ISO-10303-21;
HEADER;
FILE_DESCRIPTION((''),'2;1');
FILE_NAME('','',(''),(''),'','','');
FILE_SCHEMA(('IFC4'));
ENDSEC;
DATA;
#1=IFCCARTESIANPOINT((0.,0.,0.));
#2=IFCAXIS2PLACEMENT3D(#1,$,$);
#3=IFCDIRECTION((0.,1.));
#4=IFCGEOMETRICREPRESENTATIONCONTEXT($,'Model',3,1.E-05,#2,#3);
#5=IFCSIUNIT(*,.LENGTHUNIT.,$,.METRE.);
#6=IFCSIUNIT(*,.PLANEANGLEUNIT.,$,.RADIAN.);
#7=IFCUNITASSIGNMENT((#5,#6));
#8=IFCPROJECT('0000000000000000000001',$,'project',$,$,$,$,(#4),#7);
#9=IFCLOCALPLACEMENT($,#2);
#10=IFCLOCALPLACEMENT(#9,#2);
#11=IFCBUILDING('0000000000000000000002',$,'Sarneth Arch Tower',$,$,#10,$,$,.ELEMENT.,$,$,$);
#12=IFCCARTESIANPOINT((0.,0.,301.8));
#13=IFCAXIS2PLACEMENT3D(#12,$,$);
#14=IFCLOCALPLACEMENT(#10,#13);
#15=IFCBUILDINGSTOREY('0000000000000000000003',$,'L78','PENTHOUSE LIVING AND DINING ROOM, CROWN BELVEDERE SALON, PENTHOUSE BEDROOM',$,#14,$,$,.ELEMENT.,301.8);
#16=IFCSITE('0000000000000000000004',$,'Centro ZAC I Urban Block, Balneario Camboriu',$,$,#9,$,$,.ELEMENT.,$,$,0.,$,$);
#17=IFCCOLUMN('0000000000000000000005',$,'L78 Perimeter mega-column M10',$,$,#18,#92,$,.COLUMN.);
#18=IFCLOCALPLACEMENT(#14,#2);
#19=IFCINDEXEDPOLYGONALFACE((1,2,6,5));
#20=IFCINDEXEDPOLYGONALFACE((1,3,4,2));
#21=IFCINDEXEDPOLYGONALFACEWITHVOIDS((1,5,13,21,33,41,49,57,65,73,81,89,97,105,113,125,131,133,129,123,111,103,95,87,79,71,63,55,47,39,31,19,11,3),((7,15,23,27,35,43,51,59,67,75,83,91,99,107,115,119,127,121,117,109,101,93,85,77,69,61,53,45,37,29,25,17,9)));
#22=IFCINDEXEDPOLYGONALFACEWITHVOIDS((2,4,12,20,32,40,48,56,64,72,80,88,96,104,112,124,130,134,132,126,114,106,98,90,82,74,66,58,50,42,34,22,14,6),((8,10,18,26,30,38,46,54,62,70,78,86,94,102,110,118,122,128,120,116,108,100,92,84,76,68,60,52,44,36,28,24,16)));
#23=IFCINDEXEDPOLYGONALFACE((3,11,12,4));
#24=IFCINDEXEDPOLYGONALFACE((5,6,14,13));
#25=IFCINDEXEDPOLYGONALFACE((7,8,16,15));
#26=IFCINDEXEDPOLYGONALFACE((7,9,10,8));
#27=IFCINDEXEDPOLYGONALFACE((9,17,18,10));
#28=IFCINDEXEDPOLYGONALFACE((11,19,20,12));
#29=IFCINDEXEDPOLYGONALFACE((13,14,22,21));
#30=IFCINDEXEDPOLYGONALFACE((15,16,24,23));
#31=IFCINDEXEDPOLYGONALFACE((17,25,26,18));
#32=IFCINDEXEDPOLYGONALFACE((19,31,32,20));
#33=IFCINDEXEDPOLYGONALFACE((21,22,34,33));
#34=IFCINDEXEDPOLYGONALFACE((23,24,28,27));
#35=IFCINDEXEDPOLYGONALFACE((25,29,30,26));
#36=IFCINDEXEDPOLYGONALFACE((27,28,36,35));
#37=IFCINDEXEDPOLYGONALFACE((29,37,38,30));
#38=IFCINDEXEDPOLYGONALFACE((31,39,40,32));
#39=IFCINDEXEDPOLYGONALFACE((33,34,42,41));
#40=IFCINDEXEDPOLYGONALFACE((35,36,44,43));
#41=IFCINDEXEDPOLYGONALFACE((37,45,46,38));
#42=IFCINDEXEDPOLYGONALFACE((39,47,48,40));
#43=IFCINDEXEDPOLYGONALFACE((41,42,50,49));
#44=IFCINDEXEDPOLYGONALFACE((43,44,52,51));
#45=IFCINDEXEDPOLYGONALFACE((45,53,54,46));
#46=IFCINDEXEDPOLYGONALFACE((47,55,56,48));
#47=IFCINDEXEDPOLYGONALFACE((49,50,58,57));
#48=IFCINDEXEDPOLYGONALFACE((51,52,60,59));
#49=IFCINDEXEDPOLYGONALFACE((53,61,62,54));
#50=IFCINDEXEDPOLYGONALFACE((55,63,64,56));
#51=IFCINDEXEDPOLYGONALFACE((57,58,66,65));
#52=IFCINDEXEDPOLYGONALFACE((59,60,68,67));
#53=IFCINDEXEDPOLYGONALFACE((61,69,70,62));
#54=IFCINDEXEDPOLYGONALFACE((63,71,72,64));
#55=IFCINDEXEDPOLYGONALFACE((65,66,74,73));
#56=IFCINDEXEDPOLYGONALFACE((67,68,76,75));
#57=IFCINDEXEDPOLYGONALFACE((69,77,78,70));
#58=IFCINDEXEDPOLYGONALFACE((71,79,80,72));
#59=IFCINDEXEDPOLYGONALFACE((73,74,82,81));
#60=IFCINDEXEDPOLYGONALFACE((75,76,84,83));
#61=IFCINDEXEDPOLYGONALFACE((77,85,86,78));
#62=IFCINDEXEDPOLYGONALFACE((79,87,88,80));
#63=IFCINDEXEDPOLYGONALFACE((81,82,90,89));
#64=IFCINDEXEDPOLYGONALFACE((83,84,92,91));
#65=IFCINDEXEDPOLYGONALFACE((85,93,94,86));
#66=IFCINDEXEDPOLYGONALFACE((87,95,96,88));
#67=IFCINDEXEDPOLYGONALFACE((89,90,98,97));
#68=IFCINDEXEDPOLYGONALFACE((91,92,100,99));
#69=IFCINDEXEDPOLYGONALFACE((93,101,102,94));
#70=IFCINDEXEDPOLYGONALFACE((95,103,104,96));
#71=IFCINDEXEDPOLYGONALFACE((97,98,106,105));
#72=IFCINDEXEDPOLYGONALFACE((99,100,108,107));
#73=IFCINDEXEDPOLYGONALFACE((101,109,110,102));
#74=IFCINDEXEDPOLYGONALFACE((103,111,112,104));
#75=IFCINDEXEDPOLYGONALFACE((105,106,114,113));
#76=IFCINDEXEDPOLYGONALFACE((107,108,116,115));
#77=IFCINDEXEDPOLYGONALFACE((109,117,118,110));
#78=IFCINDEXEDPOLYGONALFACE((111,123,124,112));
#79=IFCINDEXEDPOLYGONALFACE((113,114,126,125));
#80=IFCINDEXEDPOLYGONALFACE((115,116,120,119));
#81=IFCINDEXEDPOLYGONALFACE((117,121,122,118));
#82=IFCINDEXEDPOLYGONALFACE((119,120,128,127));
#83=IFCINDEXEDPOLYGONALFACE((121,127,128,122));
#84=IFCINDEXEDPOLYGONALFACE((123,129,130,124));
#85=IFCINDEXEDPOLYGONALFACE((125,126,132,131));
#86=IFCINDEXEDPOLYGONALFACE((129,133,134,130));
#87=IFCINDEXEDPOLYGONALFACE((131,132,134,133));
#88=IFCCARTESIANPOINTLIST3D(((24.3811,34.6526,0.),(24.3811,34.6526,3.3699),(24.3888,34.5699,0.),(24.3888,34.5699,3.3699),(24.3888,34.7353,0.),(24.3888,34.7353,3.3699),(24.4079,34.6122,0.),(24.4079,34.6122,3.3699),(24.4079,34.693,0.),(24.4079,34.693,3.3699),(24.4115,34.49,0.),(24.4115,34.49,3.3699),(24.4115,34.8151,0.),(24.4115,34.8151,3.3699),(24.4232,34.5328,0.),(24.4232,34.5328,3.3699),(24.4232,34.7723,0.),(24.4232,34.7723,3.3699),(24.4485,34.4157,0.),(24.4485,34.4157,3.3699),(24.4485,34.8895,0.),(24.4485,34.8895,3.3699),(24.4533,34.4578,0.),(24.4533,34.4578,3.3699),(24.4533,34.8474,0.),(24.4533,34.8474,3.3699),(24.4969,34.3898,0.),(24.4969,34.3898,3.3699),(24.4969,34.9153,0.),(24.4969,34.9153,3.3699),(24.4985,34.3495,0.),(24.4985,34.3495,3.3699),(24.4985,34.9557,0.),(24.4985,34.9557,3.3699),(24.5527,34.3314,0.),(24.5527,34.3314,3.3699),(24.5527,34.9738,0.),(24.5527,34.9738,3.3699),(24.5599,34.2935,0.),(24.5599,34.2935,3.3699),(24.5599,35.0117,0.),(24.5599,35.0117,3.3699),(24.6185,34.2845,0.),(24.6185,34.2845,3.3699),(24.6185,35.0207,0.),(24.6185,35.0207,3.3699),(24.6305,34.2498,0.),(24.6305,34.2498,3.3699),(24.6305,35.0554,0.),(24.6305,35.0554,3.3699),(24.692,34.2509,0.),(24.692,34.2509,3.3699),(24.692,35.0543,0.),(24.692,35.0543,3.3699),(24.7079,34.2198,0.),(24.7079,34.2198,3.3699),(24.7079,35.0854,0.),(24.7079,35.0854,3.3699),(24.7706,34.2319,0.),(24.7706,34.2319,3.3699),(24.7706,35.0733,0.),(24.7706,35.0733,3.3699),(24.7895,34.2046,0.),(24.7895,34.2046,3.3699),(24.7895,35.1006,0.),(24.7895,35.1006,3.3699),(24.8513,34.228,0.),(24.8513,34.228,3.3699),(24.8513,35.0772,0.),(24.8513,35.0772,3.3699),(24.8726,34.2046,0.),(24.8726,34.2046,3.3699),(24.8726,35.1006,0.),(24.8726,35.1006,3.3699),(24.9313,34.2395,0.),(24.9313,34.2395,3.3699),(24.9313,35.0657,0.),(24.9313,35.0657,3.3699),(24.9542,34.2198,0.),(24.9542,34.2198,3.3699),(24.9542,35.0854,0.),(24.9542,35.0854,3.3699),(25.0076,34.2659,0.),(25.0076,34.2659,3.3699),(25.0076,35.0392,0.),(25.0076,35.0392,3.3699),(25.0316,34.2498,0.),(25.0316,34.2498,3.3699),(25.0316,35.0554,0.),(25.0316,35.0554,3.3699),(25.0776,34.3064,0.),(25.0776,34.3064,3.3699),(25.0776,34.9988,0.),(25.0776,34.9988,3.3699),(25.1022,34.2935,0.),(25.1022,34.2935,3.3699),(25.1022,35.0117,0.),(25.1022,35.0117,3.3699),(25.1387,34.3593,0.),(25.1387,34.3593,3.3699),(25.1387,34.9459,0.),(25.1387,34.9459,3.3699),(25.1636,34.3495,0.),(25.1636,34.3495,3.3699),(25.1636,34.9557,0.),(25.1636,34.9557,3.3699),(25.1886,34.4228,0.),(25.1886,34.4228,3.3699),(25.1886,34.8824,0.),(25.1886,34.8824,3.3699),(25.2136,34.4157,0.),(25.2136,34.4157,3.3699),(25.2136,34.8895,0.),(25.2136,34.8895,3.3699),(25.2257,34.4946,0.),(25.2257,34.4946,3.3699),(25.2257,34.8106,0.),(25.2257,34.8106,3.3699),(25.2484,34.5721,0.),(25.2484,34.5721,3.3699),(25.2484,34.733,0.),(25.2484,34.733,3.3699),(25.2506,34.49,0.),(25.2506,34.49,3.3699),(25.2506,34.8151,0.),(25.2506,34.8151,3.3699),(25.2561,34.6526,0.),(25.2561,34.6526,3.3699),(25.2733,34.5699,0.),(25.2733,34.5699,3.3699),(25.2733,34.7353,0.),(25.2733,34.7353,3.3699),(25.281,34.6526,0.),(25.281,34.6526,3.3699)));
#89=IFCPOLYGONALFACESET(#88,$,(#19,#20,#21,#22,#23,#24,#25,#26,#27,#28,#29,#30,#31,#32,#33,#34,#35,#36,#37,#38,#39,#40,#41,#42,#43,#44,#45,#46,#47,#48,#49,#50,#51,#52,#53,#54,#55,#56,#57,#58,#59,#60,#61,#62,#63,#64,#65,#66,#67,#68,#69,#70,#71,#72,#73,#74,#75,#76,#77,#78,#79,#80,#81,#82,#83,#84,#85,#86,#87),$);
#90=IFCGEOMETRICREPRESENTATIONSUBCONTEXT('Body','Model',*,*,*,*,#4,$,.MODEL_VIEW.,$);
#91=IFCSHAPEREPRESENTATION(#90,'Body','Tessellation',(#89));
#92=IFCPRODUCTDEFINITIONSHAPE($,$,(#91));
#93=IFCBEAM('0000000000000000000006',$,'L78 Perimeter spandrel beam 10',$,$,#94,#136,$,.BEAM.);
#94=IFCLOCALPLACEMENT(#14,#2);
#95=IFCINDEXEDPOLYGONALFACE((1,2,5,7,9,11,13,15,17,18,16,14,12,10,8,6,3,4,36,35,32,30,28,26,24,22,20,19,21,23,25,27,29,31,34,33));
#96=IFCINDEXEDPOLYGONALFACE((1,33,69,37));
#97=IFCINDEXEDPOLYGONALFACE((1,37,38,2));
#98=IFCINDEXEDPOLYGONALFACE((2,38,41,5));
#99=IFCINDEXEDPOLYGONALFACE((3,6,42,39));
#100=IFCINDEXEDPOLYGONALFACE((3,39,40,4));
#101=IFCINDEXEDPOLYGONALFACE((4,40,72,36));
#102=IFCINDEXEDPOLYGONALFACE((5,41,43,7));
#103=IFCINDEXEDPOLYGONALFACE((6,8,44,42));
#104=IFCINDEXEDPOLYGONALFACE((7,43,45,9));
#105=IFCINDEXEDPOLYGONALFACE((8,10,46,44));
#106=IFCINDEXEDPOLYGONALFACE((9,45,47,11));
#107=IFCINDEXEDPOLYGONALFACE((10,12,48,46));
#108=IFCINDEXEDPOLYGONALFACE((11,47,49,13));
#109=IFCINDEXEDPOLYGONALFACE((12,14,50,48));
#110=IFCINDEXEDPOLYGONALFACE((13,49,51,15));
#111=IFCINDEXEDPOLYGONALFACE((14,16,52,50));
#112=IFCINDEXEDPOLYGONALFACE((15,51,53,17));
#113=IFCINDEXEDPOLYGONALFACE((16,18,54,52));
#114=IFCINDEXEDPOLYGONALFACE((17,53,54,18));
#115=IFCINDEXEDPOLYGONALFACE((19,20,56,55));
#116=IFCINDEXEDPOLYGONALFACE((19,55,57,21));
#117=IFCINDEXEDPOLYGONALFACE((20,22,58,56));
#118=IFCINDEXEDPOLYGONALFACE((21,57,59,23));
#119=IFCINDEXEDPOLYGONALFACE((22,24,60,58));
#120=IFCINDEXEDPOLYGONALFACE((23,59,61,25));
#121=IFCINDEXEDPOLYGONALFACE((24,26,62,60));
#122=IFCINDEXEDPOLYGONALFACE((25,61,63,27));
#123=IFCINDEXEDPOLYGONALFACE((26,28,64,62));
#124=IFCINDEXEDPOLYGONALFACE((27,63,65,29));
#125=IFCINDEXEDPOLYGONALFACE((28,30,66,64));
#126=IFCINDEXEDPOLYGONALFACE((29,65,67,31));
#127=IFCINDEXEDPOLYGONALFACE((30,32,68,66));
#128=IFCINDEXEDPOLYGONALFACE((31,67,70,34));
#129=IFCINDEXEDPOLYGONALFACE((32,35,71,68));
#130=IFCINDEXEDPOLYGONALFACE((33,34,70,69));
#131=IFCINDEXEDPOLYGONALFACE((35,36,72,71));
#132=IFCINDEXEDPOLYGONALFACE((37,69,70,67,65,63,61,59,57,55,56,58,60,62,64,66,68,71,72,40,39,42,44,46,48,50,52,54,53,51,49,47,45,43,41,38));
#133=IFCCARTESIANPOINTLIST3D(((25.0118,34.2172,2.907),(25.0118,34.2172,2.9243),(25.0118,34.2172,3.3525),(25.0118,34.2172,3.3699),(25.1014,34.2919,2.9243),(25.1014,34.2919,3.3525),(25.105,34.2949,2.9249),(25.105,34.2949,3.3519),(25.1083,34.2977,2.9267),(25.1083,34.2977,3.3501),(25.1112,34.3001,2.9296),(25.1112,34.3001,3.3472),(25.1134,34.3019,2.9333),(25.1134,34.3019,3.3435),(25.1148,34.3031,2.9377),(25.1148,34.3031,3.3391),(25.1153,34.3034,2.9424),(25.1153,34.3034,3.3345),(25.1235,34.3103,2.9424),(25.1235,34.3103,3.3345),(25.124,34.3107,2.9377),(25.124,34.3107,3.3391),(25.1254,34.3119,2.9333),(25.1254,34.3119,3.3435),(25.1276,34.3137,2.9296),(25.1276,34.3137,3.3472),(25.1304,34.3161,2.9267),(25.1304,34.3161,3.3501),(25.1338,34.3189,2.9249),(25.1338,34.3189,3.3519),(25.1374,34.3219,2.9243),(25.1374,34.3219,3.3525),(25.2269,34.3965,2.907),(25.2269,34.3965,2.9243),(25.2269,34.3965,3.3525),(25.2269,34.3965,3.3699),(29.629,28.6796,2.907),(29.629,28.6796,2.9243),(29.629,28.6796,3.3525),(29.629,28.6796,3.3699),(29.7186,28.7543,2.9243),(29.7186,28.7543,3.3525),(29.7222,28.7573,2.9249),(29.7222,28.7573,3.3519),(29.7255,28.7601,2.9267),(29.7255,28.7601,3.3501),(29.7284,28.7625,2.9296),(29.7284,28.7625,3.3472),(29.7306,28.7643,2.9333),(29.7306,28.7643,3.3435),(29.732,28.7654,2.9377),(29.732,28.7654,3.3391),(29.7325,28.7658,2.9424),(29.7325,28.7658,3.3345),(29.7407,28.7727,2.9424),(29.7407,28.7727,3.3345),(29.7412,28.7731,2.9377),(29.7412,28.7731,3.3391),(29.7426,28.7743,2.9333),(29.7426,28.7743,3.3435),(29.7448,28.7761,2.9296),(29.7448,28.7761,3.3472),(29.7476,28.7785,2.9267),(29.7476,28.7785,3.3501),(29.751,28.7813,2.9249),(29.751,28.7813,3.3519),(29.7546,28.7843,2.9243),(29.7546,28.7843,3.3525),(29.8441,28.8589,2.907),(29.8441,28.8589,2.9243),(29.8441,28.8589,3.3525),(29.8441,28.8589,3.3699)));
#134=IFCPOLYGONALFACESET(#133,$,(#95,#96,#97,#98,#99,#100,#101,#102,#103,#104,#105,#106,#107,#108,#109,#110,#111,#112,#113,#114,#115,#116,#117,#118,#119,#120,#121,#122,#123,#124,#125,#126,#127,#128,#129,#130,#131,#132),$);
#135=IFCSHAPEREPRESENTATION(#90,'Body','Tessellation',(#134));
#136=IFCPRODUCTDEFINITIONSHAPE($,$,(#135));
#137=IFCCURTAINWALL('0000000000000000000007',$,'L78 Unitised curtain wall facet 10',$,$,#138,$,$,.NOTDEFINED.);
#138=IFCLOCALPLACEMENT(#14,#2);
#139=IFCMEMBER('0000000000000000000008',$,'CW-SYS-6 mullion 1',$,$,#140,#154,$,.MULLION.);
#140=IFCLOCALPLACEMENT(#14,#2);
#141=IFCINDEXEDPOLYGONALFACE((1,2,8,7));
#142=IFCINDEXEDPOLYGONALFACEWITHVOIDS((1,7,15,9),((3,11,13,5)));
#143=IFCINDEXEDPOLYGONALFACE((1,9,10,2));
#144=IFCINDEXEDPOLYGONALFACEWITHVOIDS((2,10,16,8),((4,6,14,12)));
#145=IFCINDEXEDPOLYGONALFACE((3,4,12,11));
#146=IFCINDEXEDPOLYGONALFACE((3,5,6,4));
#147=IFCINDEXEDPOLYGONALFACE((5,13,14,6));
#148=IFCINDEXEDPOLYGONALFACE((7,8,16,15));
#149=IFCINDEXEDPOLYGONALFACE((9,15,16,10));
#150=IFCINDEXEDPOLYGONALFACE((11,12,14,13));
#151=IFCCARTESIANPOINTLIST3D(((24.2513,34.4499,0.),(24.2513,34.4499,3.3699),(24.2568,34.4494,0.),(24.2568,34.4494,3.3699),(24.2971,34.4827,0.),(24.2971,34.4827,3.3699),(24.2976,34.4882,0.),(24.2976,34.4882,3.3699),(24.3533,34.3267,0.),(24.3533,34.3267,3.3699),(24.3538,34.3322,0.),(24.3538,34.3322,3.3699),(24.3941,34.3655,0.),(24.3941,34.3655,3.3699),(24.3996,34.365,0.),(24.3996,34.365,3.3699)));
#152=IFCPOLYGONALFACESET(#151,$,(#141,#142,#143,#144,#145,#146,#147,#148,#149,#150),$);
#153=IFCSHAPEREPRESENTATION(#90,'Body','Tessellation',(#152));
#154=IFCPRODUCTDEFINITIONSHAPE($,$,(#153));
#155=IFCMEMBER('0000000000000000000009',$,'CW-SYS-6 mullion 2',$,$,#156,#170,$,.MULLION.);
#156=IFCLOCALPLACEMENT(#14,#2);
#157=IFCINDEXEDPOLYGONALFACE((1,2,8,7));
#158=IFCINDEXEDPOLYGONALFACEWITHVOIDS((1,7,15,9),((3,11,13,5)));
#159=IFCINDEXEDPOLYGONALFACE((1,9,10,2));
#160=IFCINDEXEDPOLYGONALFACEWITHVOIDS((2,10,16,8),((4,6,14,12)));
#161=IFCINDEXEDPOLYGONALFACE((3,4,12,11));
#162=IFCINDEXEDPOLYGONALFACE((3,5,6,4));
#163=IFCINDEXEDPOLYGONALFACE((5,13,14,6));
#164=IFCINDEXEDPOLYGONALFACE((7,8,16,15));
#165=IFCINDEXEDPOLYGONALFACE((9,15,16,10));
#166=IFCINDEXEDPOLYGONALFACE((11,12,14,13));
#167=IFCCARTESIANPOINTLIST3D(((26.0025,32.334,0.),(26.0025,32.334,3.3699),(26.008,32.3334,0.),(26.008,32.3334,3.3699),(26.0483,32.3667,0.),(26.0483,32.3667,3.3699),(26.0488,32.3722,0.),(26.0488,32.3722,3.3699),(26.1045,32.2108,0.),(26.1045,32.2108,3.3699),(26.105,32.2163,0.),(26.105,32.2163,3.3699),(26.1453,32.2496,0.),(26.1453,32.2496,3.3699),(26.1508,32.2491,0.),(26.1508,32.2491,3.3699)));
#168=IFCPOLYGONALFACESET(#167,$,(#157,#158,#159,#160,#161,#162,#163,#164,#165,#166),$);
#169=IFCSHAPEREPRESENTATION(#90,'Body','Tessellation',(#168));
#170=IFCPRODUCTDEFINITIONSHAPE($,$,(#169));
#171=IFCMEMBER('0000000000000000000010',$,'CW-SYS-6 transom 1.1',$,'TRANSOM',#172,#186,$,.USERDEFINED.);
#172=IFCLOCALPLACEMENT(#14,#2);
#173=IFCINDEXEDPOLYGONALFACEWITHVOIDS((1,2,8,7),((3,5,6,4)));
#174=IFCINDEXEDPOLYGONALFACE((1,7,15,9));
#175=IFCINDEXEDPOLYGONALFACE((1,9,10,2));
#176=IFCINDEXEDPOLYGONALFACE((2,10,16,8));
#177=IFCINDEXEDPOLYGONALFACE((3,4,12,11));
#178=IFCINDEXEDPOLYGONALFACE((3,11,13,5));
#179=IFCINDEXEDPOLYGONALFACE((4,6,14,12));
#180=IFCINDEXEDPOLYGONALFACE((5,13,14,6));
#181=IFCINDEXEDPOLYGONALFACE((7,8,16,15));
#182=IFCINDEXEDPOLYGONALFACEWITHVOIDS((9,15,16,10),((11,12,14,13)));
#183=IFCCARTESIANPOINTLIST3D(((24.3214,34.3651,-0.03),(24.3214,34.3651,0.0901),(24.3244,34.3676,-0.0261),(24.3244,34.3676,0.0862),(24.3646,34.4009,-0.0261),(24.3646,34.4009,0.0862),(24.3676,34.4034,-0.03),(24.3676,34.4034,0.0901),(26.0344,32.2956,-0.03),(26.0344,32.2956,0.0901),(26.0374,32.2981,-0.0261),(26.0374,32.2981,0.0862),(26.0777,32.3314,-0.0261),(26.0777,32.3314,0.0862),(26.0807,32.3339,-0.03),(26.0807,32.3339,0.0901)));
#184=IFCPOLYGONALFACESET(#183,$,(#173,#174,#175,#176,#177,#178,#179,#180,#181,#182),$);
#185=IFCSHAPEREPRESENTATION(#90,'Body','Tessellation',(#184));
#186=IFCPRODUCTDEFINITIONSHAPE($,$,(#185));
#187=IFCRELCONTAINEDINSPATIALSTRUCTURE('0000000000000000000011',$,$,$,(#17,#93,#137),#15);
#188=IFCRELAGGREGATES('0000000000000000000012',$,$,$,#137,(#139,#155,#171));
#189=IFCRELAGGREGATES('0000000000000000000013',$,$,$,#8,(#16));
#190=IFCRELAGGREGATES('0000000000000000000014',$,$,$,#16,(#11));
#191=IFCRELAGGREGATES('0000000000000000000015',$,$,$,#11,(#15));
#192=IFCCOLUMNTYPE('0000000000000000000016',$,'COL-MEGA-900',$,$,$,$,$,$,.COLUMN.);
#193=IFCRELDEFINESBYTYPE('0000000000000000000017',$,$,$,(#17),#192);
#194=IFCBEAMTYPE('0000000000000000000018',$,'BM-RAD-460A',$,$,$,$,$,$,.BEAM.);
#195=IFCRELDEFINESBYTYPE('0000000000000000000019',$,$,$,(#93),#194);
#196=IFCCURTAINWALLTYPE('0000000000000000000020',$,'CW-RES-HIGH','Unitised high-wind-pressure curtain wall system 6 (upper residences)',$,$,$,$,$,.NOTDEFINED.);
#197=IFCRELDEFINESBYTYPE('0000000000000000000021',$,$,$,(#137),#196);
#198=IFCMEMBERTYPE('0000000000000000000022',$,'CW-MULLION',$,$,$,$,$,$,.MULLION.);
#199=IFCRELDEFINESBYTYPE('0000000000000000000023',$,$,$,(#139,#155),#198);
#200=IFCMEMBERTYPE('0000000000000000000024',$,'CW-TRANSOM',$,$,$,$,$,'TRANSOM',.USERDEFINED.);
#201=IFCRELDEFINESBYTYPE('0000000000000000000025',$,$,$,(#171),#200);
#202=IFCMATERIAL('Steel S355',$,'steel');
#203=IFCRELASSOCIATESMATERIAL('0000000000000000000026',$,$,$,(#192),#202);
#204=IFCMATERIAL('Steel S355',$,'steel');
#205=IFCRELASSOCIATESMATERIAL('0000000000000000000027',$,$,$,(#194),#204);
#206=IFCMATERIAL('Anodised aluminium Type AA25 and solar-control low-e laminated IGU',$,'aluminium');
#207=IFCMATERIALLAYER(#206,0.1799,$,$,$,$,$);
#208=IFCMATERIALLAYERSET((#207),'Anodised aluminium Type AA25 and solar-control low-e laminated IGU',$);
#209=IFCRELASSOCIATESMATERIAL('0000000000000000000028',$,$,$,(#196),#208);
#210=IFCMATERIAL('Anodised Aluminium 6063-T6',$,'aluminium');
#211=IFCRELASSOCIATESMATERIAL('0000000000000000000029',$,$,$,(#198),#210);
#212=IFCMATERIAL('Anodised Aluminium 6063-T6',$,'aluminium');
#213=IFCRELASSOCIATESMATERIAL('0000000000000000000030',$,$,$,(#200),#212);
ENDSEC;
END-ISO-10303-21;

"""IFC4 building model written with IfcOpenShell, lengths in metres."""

from ifc_helpers import new_model, si_unit, direction, frame, origin, origin_2d, place, context, subcontext, project, spatial, hollow_rectangle, hollow_circle, i_section, extrude, material, layer, layer_set, material_profile, profile_set, type_object, element, aggregate, save


model = new_model("IFC4")

# Units and contexts
model_context = context("Model", 3, precision=1e-05, world=origin(), true_north=direction((0.0, 1.0)))
body_context = subcontext(model_context, "Body", "Model", "MODEL_VIEW")
ifc_project = project(units=[si_unit("LENGTHUNIT", "METRE"), si_unit("PLANEANGLEUNIT", "RADIAN")], contexts=[model_context])

# Site, building, storey
site_placement = place(None, origin())
site = spatial("IfcSite", under=ifc_project, at=site_placement, Name="Centro ZAC I Urban Block, Balneario Camboriu", CompositionType="ELEMENT", RefElevation=0.0)
building_placement = place(site_placement, origin())
building = spatial("IfcBuilding", under=site, at=building_placement, Name="Sarneth Arch Tower", CompositionType="ELEMENT")
storey_placement = place(building_placement, frame((0.0, 0.0, 301.8)))
storey = spatial("IfcBuildingStorey", under=building, at=storey_placement, Name="L78", Description="PENTHOUSE LIVING AND DINING ROOM, CROWN BELVEDERE SALON, PENTHOUSE BEDROOM", CompositionType="ELEMENT", Elevation=301.8)

# Column
ifc_material_1 = material(Name="Steel S355", Category="steel")
ifc_material_profile_1 = material_profile(ifc_material_1, hollow_circle(Radius=0.45, WallThickness=0.0249, at=origin_2d()), Name="CHS900x25")
ifc_profile_set_1 = profile_set([ifc_material_profile_1], Name="Steel S355")
column_type = type_object("IfcColumnType", Name="COL-MEGA-900", PredefinedType="COLUMN", material=ifc_profile_set_1)
column_placement = place(storey_placement, frame((24.8311, 34.6526, 0.0), z_axis=(0.0, 0.0, 1.0), x_axis=(1.0, 0.0, 0.0)))
element("IfcColumn", 1, at=column_placement, inside=storey, type_object=column_type, Name="L78 Perimeter mega-column M10", PredefinedType="COLUMN", context=body_context, shape_type="SweptSolid", body=[
    extrude(hollow_circle(Radius=0.45, WallThickness=0.0249, at=origin_2d()), origin(), (0.0, 0.0, 1.0), 3.3699),
])

# Beam
ifc_material_2 = material(Name="Steel S355", Category="steel")
ifc_material_profile_2 = material_profile(ifc_material_2, i_section(OverallWidth=0.28, OverallDepth=0.4629, WebThickness=0.0107, FlangeThickness=0.0173, FilletRadius=0.0181, at=origin_2d()), Name="W460x113")
ifc_profile_set_2 = profile_set([ifc_material_profile_2], Name="Steel S355")
beam_type = type_object("IfcBeamType", Name="BM-RAD-460A", PredefinedType="BEAM", material=ifc_profile_set_2)
beam_placement = place(storey_placement, frame((25.1194, 34.3069, 3.1384), z_axis=(0.640391, -0.768049, 0.0), x_axis=(0.768049, 0.640391, 0.0)))
element("IfcBeam", 2, at=beam_placement, inside=storey, type_object=beam_type, Name="L78 Perimeter spandrel beam 10", PredefinedType="BEAM", context=body_context, shape_type="SweptSolid", body=[
    extrude(i_section(OverallWidth=0.28, OverallDepth=0.4629, WebThickness=0.0107, FlangeThickness=0.0173, FilletRadius=0.0181, at=origin_2d()), origin(), (0.0, 0.0, 1.0), 7.21),
])

# Curtain wall, members
ifc_material_3 = material(Name="Anodised aluminium Type AA25 and solar-control low-e laminated IGU", Category="aluminium")
ifc_layer_1 = layer(ifc_material_3, 0.1799)
ifc_layer_set_1 = layer_set([ifc_layer_1], Name="Anodised aluminium Type AA25 and solar-control low-e laminated IGU")
curtain_wall_type = type_object("IfcCurtainWallType", Name="CW-RES-HIGH", Description="Unitised high-wind-pressure curtain wall system 6 (upper residences)", PredefinedType="NOTDEFINED", material=ifc_layer_set_1)
curtain_wall_placement = place(storey_placement, origin())
curtain_wall = element("IfcCurtainWall", 3, at=curtain_wall_placement, inside=storey, type_object=curtain_wall_type, Name="L78 Unitised curtain wall facet 10", PredefinedType="NOTDEFINED")
ifc_material_4 = material(Name="Anodised Aluminium 6063-T6", Category="aluminium")
ifc_material_profile_3 = material_profile(ifc_material_4, hollow_rectangle(XDim=0.0601, YDim=0.1599, WallThickness=0.0039, at=origin_2d()), Name="AL-MULL-160x60x4")
ifc_profile_set_3 = profile_set([ifc_material_profile_3], Name="Anodised Aluminium 6063-T6")
member_type_1 = type_object("IfcMemberType", Name="CW-MULLION", PredefinedType="MULLION", material=ifc_profile_set_3)
member_1_placement = place(storey_placement, frame((24.3254, 34.4075, 0.0), z_axis=(0.0, 0.0, 1.0), x_axis=(0.770359, 0.63761, 0.0)))
member_1 = element("IfcMember", 4, at=member_1_placement, type_object=member_type_1, Name="CW-SYS-6 mullion 1", PredefinedType="MULLION", context=body_context, shape_type="SweptSolid", body=[
    extrude(hollow_rectangle(XDim=0.0601, YDim=0.1599, WallThickness=0.0039, at=origin_2d()), origin(), (0.0, 0.0, 1.0), 3.3699),
])
member_2_placement = place(storey_placement, frame((26.0767, 32.2915, 0.0), z_axis=(0.0, 0.0, 1.0), x_axis=(0.770359, 0.63761, 0.0)))
member_2 = element("IfcMember", 5, at=member_2_placement, type_object=member_type_1, Name="CW-SYS-6 mullion 2", PredefinedType="MULLION", context=body_context, shape_type="SweptSolid", body=[
    extrude(hollow_rectangle(XDim=0.0601, YDim=0.1599, WallThickness=0.0039, at=origin_2d()), origin(), (0.0, 0.0, 1.0), 3.3699),
])
ifc_material_5 = material(Name="Anodised Aluminium 6063-T6", Category="aluminium")
ifc_material_profile_4 = material_profile(ifc_material_5, hollow_rectangle(XDim=0.0601, YDim=0.1201, WallThickness=0.0039, at=origin_2d()), Name="AL-TRAN-120x60x4")
ifc_profile_set_4 = profile_set([ifc_material_profile_4], Name="Anodised Aluminium 6063-T6")
member_type_2 = type_object("IfcMemberType", Name="CW-TRANSOM", ElementType="TRANSOM", PredefinedType="USERDEFINED", material=ifc_profile_set_4)
member_3_placement = place(storey_placement, frame((24.3445, 34.3843, 0.03), z_axis=(0.637651, -0.770325, 0.0), x_axis=(0.770325, 0.637651, 0.0)))
member_3 = element("IfcMember", 6, at=member_3_placement, type_object=member_type_2, Name="CW-SYS-6 transom 1.1", ObjectType="TRANSOM", PredefinedType="USERDEFINED", context=body_context, shape_type="SweptSolid", body=[
    extrude(hollow_rectangle(XDim=0.0601, YDim=0.1201, WallThickness=0.0039, at=origin_2d()), origin(), (0.0, 0.0, 1.0), 2.6865),
])
aggregate(curtain_wall, [member_1, member_2, member_3])

save(model, "model.ifc")
